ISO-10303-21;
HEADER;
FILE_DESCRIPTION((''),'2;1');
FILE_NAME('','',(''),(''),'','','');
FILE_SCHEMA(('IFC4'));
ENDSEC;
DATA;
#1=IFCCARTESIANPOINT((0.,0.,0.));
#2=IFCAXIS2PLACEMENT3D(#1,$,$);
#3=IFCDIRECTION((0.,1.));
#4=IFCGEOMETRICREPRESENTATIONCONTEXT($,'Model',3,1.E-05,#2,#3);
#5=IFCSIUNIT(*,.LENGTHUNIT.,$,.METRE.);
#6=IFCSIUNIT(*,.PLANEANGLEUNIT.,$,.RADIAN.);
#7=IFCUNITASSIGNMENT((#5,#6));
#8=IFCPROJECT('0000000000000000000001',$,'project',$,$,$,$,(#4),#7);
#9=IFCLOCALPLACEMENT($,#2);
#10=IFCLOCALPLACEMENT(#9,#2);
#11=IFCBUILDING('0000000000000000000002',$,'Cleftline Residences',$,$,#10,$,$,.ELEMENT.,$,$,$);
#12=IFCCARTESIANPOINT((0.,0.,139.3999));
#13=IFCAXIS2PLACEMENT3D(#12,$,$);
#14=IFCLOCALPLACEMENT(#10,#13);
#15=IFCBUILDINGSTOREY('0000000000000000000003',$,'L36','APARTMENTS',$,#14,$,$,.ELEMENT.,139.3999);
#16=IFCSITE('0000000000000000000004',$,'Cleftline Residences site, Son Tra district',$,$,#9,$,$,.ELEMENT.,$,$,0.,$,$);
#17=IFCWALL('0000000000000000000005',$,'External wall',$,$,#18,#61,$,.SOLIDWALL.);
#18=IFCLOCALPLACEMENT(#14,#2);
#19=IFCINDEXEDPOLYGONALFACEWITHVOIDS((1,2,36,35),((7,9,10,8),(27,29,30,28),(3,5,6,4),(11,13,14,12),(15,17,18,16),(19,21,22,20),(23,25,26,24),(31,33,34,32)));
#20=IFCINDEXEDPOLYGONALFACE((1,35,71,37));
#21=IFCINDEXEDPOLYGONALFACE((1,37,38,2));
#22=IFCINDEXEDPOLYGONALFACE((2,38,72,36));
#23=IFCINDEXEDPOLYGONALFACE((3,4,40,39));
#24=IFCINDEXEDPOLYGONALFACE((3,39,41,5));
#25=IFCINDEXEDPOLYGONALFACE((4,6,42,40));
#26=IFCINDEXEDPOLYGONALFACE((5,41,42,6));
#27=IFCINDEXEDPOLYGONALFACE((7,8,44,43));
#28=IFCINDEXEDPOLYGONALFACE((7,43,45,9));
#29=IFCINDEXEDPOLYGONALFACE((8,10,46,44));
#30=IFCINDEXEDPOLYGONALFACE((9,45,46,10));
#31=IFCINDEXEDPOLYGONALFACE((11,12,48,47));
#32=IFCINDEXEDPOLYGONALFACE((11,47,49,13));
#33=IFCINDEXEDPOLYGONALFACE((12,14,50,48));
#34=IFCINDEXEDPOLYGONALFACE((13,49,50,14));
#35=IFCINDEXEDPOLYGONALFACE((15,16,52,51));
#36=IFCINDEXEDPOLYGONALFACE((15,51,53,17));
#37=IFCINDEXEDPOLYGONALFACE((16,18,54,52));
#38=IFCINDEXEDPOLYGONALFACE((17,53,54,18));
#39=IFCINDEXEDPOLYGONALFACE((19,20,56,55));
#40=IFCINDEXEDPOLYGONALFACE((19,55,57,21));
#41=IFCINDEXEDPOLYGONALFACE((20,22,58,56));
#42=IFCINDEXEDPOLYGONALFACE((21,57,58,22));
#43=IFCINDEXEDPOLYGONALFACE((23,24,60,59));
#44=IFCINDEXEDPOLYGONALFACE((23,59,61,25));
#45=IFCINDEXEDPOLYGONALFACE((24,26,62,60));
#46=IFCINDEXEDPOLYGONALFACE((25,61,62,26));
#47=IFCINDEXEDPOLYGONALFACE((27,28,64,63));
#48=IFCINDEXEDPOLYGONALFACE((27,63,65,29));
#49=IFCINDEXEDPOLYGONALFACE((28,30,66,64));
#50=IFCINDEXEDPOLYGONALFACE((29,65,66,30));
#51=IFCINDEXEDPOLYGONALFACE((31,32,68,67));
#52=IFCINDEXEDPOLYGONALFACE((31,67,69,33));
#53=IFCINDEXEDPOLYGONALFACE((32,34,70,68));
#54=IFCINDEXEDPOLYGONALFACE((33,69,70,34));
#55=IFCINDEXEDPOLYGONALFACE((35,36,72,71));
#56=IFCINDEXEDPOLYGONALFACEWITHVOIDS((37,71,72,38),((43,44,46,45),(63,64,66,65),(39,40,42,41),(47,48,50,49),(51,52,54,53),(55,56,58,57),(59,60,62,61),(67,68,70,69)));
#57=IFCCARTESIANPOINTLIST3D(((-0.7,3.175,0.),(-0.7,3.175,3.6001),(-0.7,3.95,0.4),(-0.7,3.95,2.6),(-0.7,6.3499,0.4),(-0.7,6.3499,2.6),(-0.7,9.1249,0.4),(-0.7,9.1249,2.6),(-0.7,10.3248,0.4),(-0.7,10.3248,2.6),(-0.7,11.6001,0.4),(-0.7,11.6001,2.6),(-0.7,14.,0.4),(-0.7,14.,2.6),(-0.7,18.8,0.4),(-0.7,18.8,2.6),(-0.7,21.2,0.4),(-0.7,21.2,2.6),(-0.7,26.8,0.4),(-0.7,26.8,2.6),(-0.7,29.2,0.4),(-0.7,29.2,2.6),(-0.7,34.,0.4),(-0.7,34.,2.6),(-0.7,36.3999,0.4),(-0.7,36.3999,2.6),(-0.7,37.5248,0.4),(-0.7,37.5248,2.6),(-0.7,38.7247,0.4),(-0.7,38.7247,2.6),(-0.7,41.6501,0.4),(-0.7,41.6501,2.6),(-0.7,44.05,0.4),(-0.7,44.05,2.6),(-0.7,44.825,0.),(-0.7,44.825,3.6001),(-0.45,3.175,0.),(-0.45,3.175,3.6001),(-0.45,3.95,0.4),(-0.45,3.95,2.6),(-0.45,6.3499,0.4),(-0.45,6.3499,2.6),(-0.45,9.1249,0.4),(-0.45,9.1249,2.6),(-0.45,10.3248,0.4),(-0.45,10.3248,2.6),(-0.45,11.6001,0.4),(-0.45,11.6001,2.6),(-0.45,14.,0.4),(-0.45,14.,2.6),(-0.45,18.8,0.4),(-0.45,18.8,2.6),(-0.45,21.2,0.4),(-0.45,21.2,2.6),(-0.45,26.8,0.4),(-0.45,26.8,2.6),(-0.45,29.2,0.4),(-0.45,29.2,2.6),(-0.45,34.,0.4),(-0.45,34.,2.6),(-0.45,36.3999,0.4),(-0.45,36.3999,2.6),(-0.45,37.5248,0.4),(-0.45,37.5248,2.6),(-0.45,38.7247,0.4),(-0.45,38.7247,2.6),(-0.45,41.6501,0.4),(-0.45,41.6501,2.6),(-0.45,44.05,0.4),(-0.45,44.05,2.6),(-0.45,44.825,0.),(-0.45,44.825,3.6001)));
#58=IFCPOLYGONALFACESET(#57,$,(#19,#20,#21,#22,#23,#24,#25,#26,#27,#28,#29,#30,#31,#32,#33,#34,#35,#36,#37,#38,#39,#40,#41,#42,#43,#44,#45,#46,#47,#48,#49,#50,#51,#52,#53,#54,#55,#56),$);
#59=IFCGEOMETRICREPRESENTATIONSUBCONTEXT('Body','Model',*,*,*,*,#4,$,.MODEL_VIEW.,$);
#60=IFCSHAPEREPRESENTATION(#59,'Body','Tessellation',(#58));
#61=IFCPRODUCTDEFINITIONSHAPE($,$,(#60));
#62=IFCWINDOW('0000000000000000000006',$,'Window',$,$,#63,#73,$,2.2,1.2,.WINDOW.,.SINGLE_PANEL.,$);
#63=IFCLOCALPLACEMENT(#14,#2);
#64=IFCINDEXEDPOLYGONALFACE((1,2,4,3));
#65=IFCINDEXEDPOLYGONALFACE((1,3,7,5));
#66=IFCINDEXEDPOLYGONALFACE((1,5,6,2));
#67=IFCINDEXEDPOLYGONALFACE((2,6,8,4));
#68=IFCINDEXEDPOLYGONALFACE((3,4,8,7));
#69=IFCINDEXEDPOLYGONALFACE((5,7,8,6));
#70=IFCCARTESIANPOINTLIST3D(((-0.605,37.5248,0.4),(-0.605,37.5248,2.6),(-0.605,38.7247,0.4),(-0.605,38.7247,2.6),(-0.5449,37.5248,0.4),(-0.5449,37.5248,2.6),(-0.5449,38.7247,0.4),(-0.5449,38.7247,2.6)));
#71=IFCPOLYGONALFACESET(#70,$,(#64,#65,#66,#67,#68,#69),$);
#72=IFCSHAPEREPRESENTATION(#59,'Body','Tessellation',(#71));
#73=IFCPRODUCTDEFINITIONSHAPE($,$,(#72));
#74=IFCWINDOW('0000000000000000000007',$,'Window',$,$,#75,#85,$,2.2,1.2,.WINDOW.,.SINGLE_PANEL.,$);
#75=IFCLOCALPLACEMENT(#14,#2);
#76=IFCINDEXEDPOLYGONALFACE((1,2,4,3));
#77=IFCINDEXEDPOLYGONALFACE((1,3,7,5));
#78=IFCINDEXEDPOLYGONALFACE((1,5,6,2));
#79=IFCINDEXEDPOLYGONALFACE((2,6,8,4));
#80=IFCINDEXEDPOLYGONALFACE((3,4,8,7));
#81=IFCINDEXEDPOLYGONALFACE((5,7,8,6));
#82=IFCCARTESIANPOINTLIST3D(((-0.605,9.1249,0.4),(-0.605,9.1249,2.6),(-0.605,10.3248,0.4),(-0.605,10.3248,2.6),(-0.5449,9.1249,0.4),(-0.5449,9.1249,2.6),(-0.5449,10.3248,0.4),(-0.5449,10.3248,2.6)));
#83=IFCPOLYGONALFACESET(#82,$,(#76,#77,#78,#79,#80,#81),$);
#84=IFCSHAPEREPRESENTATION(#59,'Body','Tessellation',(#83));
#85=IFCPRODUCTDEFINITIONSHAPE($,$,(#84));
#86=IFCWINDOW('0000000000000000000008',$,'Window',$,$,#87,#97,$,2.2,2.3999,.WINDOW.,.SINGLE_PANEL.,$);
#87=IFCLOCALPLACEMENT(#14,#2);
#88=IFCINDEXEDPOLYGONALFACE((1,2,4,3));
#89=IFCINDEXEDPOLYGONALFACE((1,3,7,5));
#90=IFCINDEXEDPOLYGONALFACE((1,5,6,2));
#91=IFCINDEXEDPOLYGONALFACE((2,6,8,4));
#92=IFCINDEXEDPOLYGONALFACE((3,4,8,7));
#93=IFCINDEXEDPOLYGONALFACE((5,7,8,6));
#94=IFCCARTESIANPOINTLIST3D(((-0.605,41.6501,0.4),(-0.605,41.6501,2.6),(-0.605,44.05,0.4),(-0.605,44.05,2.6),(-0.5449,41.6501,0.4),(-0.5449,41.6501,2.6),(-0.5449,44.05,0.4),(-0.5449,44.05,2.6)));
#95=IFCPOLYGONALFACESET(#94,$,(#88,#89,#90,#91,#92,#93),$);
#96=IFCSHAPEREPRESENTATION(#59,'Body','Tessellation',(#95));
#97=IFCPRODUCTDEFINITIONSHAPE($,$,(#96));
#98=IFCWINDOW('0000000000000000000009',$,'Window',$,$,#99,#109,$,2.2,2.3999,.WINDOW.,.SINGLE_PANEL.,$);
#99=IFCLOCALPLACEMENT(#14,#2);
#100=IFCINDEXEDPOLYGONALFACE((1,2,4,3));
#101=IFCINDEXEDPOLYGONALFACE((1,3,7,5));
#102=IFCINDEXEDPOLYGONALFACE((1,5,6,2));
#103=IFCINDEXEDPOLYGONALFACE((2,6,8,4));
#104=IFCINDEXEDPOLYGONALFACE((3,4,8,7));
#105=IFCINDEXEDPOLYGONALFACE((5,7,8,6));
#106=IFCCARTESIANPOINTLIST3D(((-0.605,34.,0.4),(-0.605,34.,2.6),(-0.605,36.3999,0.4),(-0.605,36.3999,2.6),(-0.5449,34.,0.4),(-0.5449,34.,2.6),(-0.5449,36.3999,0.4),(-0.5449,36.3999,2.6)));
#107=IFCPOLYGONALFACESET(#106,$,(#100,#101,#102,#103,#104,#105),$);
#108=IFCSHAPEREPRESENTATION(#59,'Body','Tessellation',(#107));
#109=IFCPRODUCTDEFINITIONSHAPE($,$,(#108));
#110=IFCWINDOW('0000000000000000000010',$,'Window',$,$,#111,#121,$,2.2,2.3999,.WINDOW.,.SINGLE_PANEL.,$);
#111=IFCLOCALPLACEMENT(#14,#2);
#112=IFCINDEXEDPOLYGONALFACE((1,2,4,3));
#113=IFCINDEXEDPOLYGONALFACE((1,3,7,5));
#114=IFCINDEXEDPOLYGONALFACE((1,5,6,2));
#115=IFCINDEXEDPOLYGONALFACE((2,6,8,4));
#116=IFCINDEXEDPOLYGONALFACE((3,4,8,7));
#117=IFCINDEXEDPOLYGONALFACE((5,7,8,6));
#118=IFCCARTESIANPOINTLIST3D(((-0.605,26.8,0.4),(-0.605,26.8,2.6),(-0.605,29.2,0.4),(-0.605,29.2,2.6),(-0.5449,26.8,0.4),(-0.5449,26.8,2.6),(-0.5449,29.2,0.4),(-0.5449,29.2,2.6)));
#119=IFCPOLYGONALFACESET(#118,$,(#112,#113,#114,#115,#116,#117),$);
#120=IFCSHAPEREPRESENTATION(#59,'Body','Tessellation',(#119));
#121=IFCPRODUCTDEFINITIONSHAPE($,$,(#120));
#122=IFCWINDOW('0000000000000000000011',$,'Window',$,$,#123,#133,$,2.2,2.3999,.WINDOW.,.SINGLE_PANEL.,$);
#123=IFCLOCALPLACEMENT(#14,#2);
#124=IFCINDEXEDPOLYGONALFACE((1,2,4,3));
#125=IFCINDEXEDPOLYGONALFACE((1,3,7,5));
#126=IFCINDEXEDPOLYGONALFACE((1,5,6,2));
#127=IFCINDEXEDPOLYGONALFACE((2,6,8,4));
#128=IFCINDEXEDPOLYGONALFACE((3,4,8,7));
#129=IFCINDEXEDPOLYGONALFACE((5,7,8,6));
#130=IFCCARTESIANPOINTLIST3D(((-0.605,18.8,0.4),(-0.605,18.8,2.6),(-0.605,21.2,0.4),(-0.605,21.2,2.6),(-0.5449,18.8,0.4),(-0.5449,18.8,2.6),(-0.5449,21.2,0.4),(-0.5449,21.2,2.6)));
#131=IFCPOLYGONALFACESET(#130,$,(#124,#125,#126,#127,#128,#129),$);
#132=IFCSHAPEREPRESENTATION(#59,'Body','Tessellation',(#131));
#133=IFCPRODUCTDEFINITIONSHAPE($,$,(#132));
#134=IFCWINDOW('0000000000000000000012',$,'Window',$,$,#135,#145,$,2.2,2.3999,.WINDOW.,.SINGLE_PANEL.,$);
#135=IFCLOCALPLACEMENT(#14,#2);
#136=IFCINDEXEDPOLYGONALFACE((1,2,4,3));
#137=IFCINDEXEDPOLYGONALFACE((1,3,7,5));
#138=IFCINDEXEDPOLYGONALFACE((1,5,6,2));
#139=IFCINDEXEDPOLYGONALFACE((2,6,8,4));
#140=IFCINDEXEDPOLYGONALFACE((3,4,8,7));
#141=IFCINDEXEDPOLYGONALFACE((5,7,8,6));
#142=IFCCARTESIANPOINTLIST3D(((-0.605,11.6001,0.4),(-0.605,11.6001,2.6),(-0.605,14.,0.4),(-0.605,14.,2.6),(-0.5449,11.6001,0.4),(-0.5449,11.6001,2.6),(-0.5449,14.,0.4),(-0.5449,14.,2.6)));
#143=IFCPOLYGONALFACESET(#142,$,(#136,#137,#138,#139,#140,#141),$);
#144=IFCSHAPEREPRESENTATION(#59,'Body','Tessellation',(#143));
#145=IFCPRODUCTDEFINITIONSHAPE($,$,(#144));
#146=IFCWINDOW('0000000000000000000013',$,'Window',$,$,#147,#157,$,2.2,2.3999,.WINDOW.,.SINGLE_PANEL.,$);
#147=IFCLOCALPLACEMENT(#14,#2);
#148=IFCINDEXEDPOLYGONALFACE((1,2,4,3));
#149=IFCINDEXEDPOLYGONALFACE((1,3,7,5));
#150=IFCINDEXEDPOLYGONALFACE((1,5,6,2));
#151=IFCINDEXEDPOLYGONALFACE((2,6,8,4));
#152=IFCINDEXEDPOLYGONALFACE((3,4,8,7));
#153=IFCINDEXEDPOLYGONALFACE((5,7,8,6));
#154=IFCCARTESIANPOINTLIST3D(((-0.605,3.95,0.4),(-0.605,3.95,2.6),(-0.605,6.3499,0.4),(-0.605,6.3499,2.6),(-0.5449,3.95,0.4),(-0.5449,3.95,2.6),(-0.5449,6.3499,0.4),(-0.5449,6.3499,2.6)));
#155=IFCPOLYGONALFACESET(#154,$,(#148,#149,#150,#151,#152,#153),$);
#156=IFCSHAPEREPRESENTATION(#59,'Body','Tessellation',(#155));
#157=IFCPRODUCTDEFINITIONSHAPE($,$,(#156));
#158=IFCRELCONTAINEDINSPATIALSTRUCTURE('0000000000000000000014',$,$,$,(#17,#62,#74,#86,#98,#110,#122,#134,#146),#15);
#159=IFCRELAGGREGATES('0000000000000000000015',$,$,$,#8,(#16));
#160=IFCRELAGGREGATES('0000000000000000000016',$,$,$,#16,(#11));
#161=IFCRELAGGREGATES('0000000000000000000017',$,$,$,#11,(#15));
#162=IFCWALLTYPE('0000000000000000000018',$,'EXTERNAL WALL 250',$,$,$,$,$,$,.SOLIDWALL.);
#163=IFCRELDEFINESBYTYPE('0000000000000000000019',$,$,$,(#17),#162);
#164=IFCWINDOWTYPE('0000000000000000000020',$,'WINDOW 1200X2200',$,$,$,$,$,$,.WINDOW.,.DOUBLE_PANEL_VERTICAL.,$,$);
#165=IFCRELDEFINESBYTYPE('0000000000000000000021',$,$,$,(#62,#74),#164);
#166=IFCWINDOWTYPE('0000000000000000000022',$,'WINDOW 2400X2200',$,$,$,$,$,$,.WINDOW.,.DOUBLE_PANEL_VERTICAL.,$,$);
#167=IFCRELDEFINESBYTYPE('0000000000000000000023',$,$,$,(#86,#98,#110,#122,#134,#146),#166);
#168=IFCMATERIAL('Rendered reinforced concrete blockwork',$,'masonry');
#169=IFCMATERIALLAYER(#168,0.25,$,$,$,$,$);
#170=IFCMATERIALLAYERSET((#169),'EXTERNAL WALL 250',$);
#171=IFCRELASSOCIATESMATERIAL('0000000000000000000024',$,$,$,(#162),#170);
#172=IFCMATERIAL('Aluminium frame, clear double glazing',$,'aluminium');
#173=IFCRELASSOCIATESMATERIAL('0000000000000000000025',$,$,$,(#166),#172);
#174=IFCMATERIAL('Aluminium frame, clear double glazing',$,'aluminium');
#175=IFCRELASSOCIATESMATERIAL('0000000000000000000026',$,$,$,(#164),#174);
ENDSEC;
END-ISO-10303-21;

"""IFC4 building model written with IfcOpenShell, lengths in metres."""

from ifc_helpers import new_model, si_unit, direction, frame, frame_2d, origin, place, context, subcontext, project, spatial, rectangle, extrude, material, layer, layer_set, type_object, element, fill, save


model = new_model("IFC4")

# Units and contexts
model_context = context("Model", 3, precision=1e-05, world=origin(), true_north=direction((0.0, 1.0)))
body_context = subcontext(model_context, "Body", "Model", "MODEL_VIEW")
ifc_project = project(units=[si_unit("LENGTHUNIT", "METRE"), si_unit("PLANEANGLEUNIT", "RADIAN")], contexts=[model_context])

# Site, building, storey
site_placement = place(None, origin())
site = spatial("IfcSite", under=ifc_project, at=site_placement, Name="Cleftline Residences site, Son Tra district", CompositionType="ELEMENT", RefElevation=0.0)
building_placement = place(site_placement, origin())
building = spatial("IfcBuilding", under=site, at=building_placement, Name="Cleftline Residences", CompositionType="ELEMENT")
storey_placement = place(building_placement, frame((0.0, 0.0, 139.3999)))
storey = spatial("IfcBuildingStorey", under=building, at=storey_placement, Name="L36", Description="APARTMENTS", CompositionType="ELEMENT", Elevation=139.3999)

# Shared definitions
ifc_material_1 = material(Name="Rendered reinforced concrete blockwork", Category="masonry")
ifc_layer_1 = layer(ifc_material_1, 0.25)
ifc_layer_set_1 = layer_set([ifc_layer_1], Name="EXTERNAL WALL 250")
wall_type_1 = type_object("IfcWallType", Name="EXTERNAL WALL 250", PredefinedType="SOLIDWALL", material=ifc_layer_set_1)
ifc_material_2 = material(Name="Aluminium frame, clear double glazing", Category="aluminium")
window_type_1 = type_object("IfcWindowType", Name="WINDOW 2400X2200", PartitioningType="DOUBLE_PANEL_VERTICAL", PredefinedType="WINDOW", material=ifc_material_2)

# Wall, openings, windows
wall_1_placement = place(storey_placement, frame((-0.575, 44.825, 0.0), z_axis=(0.0, 0.0, 1.0), x_axis=(0.0, -1.0, 0.0)))
wall_1 = element("IfcWall", 1, at=wall_1_placement, inside=storey, type_object=wall_type_1, Name="External wall", PredefinedType="SOLIDWALL", context=body_context, shape_type="SweptSolid", body=[
    extrude(rectangle(XDim=41.6499, YDim=0.25, at=frame_2d((20.825, 0.0))), origin(), (0.0, 0.0, 1.0), 3.6001),
])
opening_1_placement = place(wall_1_placement, frame((0.7749, 0.0, 0.3999)))
opening_1 = element("IfcOpeningElement", 2, at=opening_1_placement, cuts=wall_1, PredefinedType="OPENING", context=body_context, shape_type="SweptSolid", body=[
    extrude(rectangle(XDim=2.3999, YDim=2.2, at=frame_2d((1.2, 1.1001))), frame((0.0, 0.135, 0.0), z_axis=(0.0, -1.0, 0.0), x_axis=(1.0, 0.0, 0.0)), (0.0, 0.0, 1.0), 0.27),
])
opening_2_placement = place(wall_1_placement, frame((6.1001, 0.0, 0.3999)))
opening_2 = element("IfcOpeningElement", 3, at=opening_2_placement, cuts=wall_1, PredefinedType="OPENING", context=body_context, shape_type="SweptSolid", body=[
    extrude(rectangle(XDim=1.2, YDim=2.2, at=frame_2d((0.6001, 1.1001))), frame((0.0, 0.135, 0.0), z_axis=(0.0, -1.0, 0.0), x_axis=(1.0, 0.0, 0.0)), (0.0, 0.0, 1.0), 0.27),
])
opening_3_placement = place(wall_1_placement, frame((8.425, 0.0, 0.3999)))
opening_3 = element("IfcOpeningElement", 4, at=opening_3_placement, cuts=wall_1, PredefinedType="OPENING", context=body_context, shape_type="SweptSolid", body=[
    extrude(rectangle(XDim=2.3999, YDim=2.2, at=frame_2d((1.2, 1.1001))), frame((0.0, 0.135, 0.0), z_axis=(0.0, -1.0, 0.0), x_axis=(1.0, 0.0, 0.0)), (0.0, 0.0, 1.0), 0.27),
])
opening_4_placement = place(wall_1_placement, frame((15.625, 0.0, 0.3999)))
opening_4 = element("IfcOpeningElement", 5, at=opening_4_placement, cuts=wall_1, PredefinedType="OPENING", context=body_context, shape_type="SweptSolid", body=[
    extrude(rectangle(XDim=2.3999, YDim=2.2, at=frame_2d((1.2, 1.1001))), frame((0.0, 0.135, 0.0), z_axis=(0.0, -1.0, 0.0), x_axis=(1.0, 0.0, 0.0)), (0.0, 0.0, 1.0), 0.27),
])
opening_5_placement = place(wall_1_placement, frame((23.625, 0.0, 0.3999)))
opening_5 = element("IfcOpeningElement", 6, at=opening_5_placement, cuts=wall_1, PredefinedType="OPENING", context=body_context, shape_type="SweptSolid", body=[
    extrude(rectangle(XDim=2.3999, YDim=2.2, at=frame_2d((1.2, 1.1001))), frame((0.0, 0.135, 0.0), z_axis=(0.0, -1.0, 0.0), x_axis=(1.0, 0.0, 0.0)), (0.0, 0.0, 1.0), 0.27),
])
opening_6_placement = place(wall_1_placement, frame((30.825, 0.0, 0.3999)))
opening_6 = element("IfcOpeningElement", 7, at=opening_6_placement, cuts=wall_1, PredefinedType="OPENING", context=body_context, shape_type="SweptSolid", body=[
    extrude(rectangle(XDim=2.3999, YDim=2.2, at=frame_2d((1.2, 1.1001))), frame((0.0, 0.135, 0.0), z_axis=(0.0, -1.0, 0.0), x_axis=(1.0, 0.0, 0.0)), (0.0, 0.0, 1.0), 0.27),
])
opening_7_placement = place(wall_1_placement, frame((34.5, 0.0, 0.3999)))
opening_7 = element("IfcOpeningElement", 8, at=opening_7_placement, cuts=wall_1, PredefinedType="OPENING", context=body_context, shape_type="SweptSolid", body=[
    extrude(rectangle(XDim=1.2, YDim=2.2, at=frame_2d((0.6001, 1.1001))), frame((0.0, 0.135, 0.0), z_axis=(0.0, -1.0, 0.0), x_axis=(1.0, 0.0, 0.0)), (0.0, 0.0, 1.0), 0.27),
])
opening_8_placement = place(wall_1_placement, frame((38.4751, 0.0, 0.3999)))
opening_8 = element("IfcOpeningElement", 9, at=opening_8_placement, cuts=wall_1, PredefinedType="OPENING", context=body_context, shape_type="SweptSolid", body=[
    extrude(rectangle(XDim=2.3999, YDim=2.2, at=frame_2d((1.2, 1.1001))), frame((0.0, 0.135, 0.0), z_axis=(0.0, -1.0, 0.0), x_axis=(1.0, 0.0, 0.0)), (0.0, 0.0, 1.0), 0.27),
])
ifc_material_3 = material(Name="Aluminium frame, clear double glazing", Category="aluminium")
window_type_2 = type_object("IfcWindowType", Name="WINDOW 1200X2200", PartitioningType="DOUBLE_PANEL_VERTICAL", PredefinedType="WINDOW", material=ifc_material_3)
window_1_placement = place(opening_2_placement, origin())
window_1 = element("IfcWindow", 10, at=window_1_placement, inside=storey, type_object=window_type_2, Name="Window", OverallHeight=2.2, OverallWidth=1.2, PartitioningType="SINGLE_PANEL", PredefinedType="WINDOW", context=body_context, shape_type="SweptSolid", body=[
    extrude(rectangle(XDim=1.2, YDim=2.2, at=frame_2d((0.6001, 1.1001))), frame((0.0, 0.03, 0.0), z_axis=(0.0, -1.0, 0.0), x_axis=(1.0, 0.0, 0.0)), (0.0, 0.0, 1.0), 0.0601),
])
fill(opening_2, window_1)
window_2_placement = place(opening_7_placement, origin())
window_2 = element("IfcWindow", 11, at=window_2_placement, inside=storey, type_object=window_type_2, Name="Window", OverallHeight=2.2, OverallWidth=1.2, PartitioningType="SINGLE_PANEL", PredefinedType="WINDOW", context=body_context, shape_type="SweptSolid", body=[
    extrude(rectangle(XDim=1.2, YDim=2.2, at=frame_2d((0.6001, 1.1001))), frame((0.0, 0.03, 0.0), z_axis=(0.0, -1.0, 0.0), x_axis=(1.0, 0.0, 0.0)), (0.0, 0.0, 1.0), 0.0601),
])
fill(opening_7, window_2)
window_3_placement = place(opening_1_placement, origin())
window_3 = element("IfcWindow", 12, at=window_3_placement, inside=storey, type_object=window_type_1, Name="Window", OverallHeight=2.2, OverallWidth=2.3999, PartitioningType="SINGLE_PANEL", PredefinedType="WINDOW", context=body_context, shape_type="SweptSolid", body=[
    extrude(rectangle(XDim=2.3999, YDim=2.2, at=frame_2d((1.2, 1.1001))), frame((0.0, 0.03, 0.0), z_axis=(0.0, -1.0, 0.0), x_axis=(1.0, 0.0, 0.0)), (0.0, 0.0, 1.0), 0.0601),
])
fill(opening_1, window_3)
window_4_placement = place(opening_3_placement, origin())
window_4 = element("IfcWindow", 13, at=window_4_placement, inside=storey, type_object=window_type_1, Name="Window", OverallHeight=2.2, OverallWidth=2.3999, PartitioningType="SINGLE_PANEL", PredefinedType="WINDOW", context=body_context, shape_type="SweptSolid", body=[
    extrude(rectangle(XDim=2.3999, YDim=2.2, at=frame_2d((1.2, 1.1001))), frame((0.0, 0.03, 0.0), z_axis=(0.0, -1.0, 0.0), x_axis=(1.0, 0.0, 0.0)), (0.0, 0.0, 1.0), 0.0601),
])
fill(opening_3, window_4)
window_5_placement = place(opening_4_placement, origin())
window_5 = element("IfcWindow", 14, at=window_5_placement, inside=storey, type_object=window_type_1, Name="Window", OverallHeight=2.2, OverallWidth=2.3999, PartitioningType="SINGLE_PANEL", PredefinedType="WINDOW", context=body_context, shape_type="SweptSolid", body=[
    extrude(rectangle(XDim=2.3999, YDim=2.2, at=frame_2d((1.2, 1.1001))), frame((0.0, 0.03, 0.0), z_axis=(0.0, -1.0, 0.0), x_axis=(1.0, 0.0, 0.0)), (0.0, 0.0, 1.0), 0.0601),
])
fill(opening_4, window_5)
window_6_placement = place(opening_5_placement, origin())
window_6 = element("IfcWindow", 15, at=window_6_placement, inside=storey, type_object=window_type_1, Name="Window", OverallHeight=2.2, OverallWidth=2.3999, PartitioningType="SINGLE_PANEL", PredefinedType="WINDOW", context=body_context, shape_type="SweptSolid", body=[
    extrude(rectangle(XDim=2.3999, YDim=2.2, at=frame_2d((1.2, 1.1001))), frame((0.0, 0.03, 0.0), z_axis=(0.0, -1.0, 0.0), x_axis=(1.0, 0.0, 0.0)), (0.0, 0.0, 1.0), 0.0601),
])
fill(opening_5, window_6)
window_7_placement = place(opening_6_placement, origin())
window_7 = element("IfcWindow", 16, at=window_7_placement, inside=storey, type_object=window_type_1, Name="Window", OverallHeight=2.2, OverallWidth=2.3999, PartitioningType="SINGLE_PANEL", PredefinedType="WINDOW", context=body_context, shape_type="SweptSolid", body=[
    extrude(rectangle(XDim=2.3999, YDim=2.2, at=frame_2d((1.2, 1.1001))), frame((0.0, 0.03, 0.0), z_axis=(0.0, -1.0, 0.0), x_axis=(1.0, 0.0, 0.0)), (0.0, 0.0, 1.0), 0.0601),
])
fill(opening_6, window_7)
window_8_placement = place(opening_8_placement, origin())
window_8 = element("IfcWindow", 17, at=window_8_placement, inside=storey, type_object=window_type_1, Name="Window", OverallHeight=2.2, OverallWidth=2.3999, PartitioningType="SINGLE_PANEL", PredefinedType="WINDOW", context=body_context, shape_type="SweptSolid", body=[
    extrude(rectangle(XDim=2.3999, YDim=2.2, at=frame_2d((1.2, 1.1001))), frame((0.0, 0.03, 0.0), z_axis=(0.0, -1.0, 0.0), x_axis=(1.0, 0.0, 0.0)), (0.0, 0.0, 1.0), 0.0601),
])
fill(opening_8, window_8)

save(model, "model.ifc")
